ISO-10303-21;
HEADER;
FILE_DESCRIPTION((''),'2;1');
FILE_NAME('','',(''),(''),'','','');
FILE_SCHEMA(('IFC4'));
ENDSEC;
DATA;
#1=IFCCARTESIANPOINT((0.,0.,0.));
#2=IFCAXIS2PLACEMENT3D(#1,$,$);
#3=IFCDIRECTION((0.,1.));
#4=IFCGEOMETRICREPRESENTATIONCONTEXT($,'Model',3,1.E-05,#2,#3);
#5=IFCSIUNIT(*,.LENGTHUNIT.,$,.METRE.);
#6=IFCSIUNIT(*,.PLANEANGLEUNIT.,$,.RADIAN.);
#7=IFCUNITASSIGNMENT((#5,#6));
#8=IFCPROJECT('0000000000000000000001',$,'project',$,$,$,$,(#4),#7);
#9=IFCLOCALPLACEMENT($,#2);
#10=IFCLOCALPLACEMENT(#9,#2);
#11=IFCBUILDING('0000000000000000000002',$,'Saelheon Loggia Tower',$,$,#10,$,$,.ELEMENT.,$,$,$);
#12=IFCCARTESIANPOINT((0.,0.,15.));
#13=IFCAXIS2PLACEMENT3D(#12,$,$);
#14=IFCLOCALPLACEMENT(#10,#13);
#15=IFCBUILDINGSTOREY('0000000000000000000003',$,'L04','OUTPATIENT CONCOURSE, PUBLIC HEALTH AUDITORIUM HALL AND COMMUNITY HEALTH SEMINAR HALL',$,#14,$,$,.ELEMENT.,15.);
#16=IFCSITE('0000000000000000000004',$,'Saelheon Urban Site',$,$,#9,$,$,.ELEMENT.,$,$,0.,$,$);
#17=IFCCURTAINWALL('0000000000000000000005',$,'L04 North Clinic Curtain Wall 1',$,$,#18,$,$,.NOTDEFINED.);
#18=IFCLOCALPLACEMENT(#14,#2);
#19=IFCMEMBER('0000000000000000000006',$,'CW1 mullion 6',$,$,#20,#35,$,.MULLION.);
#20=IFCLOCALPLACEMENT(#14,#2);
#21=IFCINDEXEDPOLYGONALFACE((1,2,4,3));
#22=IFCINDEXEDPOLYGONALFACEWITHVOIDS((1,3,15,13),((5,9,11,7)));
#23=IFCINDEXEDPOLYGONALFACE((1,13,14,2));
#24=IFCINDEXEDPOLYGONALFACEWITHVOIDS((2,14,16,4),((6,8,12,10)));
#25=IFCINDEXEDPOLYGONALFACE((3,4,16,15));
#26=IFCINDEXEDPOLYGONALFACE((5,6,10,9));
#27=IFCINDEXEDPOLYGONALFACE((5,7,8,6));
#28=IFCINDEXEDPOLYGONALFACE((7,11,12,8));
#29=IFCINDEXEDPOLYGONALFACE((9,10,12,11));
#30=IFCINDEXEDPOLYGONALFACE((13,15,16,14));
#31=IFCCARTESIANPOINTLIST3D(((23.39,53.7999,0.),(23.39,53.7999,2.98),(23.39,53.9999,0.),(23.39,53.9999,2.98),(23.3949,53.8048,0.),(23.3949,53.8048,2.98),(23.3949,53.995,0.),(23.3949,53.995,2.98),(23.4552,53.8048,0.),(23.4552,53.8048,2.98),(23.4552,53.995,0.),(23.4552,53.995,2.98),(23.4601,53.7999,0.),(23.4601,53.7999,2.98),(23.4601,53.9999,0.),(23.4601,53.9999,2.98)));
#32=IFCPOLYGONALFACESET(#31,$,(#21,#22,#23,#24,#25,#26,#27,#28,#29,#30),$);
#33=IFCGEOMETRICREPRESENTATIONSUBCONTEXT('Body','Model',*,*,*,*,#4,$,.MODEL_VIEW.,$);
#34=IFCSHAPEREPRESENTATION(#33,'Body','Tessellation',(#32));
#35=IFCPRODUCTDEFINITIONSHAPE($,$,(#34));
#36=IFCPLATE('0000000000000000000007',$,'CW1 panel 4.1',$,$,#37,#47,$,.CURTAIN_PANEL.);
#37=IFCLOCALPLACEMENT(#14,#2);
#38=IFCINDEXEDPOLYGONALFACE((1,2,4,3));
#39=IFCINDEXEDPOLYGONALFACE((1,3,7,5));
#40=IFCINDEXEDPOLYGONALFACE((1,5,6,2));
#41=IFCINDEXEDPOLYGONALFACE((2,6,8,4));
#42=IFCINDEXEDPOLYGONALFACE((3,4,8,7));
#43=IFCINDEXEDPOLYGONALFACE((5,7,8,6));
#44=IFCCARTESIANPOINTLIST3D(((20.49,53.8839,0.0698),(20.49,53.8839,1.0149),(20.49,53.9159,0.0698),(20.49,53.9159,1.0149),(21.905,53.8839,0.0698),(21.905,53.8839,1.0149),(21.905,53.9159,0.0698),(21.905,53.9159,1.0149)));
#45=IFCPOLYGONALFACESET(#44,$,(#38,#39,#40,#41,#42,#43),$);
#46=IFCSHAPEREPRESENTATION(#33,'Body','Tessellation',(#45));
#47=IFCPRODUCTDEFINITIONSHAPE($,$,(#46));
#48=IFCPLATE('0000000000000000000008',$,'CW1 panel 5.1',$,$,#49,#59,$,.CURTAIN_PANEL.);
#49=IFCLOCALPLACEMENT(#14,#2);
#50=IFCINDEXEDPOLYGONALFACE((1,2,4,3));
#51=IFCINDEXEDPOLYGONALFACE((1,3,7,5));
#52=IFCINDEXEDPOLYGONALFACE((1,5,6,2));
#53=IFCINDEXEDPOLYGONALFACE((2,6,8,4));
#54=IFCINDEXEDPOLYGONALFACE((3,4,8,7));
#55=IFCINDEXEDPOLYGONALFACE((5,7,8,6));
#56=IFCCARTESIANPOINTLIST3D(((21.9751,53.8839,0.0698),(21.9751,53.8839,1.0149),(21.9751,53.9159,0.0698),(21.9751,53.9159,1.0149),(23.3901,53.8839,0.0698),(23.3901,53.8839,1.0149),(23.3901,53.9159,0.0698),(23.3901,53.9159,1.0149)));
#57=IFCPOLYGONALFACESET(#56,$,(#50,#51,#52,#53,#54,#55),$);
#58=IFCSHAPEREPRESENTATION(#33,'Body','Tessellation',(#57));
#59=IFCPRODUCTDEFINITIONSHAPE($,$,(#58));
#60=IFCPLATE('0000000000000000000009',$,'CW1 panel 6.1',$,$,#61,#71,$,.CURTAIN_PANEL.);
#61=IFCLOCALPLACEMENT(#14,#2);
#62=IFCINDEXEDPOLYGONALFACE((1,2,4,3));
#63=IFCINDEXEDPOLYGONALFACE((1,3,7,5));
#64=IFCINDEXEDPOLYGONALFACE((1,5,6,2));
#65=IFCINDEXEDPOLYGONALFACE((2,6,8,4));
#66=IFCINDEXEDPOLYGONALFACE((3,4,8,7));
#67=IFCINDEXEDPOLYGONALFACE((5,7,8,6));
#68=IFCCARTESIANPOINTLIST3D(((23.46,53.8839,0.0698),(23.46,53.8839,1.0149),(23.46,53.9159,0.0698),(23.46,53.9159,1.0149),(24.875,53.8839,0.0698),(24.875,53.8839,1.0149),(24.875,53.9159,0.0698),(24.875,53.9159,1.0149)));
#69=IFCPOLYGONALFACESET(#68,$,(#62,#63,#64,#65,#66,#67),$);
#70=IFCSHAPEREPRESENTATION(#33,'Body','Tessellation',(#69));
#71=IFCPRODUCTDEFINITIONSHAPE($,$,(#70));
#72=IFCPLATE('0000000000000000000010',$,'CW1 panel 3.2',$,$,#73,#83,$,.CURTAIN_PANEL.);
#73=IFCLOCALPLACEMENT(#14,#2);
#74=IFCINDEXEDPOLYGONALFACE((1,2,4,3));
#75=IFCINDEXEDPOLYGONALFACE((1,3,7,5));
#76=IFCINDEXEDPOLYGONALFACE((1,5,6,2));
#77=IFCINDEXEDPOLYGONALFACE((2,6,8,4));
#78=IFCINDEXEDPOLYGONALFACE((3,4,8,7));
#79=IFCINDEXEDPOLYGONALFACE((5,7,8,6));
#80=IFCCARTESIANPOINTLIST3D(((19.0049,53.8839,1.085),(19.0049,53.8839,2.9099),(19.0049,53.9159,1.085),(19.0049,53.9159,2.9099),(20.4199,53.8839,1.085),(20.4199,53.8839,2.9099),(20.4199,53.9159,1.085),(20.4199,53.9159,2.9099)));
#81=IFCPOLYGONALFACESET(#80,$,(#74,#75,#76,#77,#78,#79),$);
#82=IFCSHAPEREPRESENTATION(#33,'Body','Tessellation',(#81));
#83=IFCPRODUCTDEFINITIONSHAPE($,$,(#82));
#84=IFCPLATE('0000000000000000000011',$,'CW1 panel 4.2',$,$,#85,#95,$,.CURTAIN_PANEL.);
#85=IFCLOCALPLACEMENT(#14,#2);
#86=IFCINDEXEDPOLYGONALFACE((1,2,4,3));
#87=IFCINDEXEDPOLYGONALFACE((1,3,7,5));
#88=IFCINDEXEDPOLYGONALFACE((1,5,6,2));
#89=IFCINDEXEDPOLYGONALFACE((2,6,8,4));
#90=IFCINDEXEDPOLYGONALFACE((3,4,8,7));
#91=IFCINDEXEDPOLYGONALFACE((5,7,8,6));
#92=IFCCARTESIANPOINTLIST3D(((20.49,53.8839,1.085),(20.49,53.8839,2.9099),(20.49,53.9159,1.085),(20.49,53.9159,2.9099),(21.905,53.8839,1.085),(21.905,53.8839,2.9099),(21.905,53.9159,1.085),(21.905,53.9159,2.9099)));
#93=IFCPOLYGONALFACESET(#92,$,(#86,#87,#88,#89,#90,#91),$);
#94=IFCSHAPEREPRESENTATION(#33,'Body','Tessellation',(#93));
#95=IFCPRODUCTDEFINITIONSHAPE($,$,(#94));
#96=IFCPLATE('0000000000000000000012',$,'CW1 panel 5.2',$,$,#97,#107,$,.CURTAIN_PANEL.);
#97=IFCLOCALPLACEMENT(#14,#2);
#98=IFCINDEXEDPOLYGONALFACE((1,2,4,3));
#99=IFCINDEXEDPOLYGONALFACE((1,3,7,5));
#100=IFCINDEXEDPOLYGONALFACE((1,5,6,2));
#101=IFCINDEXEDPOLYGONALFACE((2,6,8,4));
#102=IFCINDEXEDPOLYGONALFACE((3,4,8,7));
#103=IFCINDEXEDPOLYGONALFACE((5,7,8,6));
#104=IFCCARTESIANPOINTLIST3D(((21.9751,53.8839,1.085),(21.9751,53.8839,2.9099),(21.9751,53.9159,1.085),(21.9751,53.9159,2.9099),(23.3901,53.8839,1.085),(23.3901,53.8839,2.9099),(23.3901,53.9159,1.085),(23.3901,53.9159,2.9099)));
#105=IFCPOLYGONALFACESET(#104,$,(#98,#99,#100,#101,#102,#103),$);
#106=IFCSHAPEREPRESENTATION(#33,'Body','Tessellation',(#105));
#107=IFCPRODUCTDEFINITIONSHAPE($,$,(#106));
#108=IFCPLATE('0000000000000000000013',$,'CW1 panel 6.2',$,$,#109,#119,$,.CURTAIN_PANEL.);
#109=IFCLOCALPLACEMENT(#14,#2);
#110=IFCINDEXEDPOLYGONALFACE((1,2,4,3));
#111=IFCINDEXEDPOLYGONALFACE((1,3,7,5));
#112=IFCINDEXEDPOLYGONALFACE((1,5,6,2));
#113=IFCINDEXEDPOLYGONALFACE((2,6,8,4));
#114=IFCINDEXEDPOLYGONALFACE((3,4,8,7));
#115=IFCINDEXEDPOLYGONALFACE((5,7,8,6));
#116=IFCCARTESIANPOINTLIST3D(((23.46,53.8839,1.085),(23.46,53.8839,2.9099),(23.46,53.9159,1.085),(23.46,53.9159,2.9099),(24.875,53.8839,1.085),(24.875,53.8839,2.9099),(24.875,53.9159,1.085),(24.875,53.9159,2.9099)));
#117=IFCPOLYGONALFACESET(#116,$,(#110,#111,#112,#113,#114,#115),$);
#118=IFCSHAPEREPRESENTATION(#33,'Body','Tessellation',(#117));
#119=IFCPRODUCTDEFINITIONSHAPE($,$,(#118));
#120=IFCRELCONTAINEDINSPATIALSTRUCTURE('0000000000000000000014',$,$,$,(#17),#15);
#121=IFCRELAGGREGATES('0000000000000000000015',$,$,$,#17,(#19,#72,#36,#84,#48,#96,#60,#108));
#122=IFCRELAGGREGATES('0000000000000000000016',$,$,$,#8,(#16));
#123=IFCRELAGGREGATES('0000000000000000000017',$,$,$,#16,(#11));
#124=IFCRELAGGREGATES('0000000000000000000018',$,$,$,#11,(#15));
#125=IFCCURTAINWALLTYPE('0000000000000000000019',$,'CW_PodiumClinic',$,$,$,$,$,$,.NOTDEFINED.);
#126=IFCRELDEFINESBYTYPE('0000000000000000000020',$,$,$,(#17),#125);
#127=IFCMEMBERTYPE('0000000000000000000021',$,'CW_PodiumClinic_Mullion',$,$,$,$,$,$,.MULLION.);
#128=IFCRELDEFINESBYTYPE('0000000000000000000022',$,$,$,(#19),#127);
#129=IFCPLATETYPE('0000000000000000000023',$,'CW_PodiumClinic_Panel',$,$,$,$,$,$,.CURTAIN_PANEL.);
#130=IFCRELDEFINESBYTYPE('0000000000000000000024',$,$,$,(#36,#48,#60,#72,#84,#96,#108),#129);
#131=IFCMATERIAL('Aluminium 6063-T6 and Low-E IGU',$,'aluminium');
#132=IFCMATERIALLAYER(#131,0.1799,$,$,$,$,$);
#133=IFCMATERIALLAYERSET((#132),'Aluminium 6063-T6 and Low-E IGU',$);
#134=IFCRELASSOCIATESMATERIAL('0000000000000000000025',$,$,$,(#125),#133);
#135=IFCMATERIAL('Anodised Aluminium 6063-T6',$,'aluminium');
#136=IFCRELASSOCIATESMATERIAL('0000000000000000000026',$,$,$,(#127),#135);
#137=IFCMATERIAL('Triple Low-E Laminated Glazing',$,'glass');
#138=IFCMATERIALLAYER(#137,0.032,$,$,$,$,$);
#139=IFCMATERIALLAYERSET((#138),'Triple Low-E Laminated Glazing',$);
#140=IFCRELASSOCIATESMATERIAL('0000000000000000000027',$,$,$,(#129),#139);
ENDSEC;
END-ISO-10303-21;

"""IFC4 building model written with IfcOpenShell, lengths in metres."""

from ifc_helpers import new_model, si_unit, direction, frame, origin, origin_2d, place, context, subcontext, project, spatial, rectangle, hollow_rectangle, extrude, source, transform, mapped, material, layer, layer_set, material_profile, profile_set, type_object, element, aggregate, save


model = new_model("IFC4")

# Units and contexts
model_context = context("Model", 3, precision=1e-05, world=origin(), true_north=direction((0.0, 1.0)))
body_context = subcontext(model_context, "Body", "Model", "MODEL_VIEW")
ifc_project = project(units=[si_unit("LENGTHUNIT", "METRE"), si_unit("PLANEANGLEUNIT", "RADIAN")], contexts=[model_context])

# Site, building, storey
site_placement = place(None, origin())
site = spatial("IfcSite", under=ifc_project, at=site_placement, Name="Saelheon Urban Site", CompositionType="ELEMENT", RefElevation=0.0)
building_placement = place(site_placement, origin())
building = spatial("IfcBuilding", under=site, at=building_placement, Name="Saelheon Loggia Tower", CompositionType="ELEMENT")
storey_placement = place(building_placement, frame((0.0, 0.0, 15.0)))
storey = spatial("IfcBuildingStorey", under=building, at=storey_placement, Name="L04", Description="OUTPATIENT CONCOURSE, PUBLIC HEALTH AUDITORIUM HALL AND COMMUNITY HEALTH SEMINAR HALL", CompositionType="ELEMENT", Elevation=15.0)

# Curtain wall, member, plates
ifc_material_1 = material(Name="Aluminium 6063-T6 and Low-E IGU", Category="aluminium")
ifc_layer_1 = layer(ifc_material_1, 0.1799)
ifc_layer_set_1 = layer_set([ifc_layer_1], Name="Aluminium 6063-T6 and Low-E IGU")
curtain_wall_type = type_object("IfcCurtainWallType", Name="CW_PodiumClinic", PredefinedType="NOTDEFINED", material=ifc_layer_set_1)
curtain_wall_placement = place(storey_placement, origin())
curtain_wall = element("IfcCurtainWall", 1, at=curtain_wall_placement, inside=storey, type_object=curtain_wall_type, Name="L04 North Clinic Curtain Wall 1", PredefinedType="NOTDEFINED")
ifc_material_2 = material(Name="Anodised Aluminium 6063-T6", Category="aluminium")
ifc_material_profile_1 = material_profile(ifc_material_2, hollow_rectangle(XDim=0.0701, YDim=0.2, WallThickness=0.0049, at=origin_2d()), Name="RHS-200x70x5")
ifc_profile_set_1 = profile_set([ifc_material_profile_1], Name="Anodised Aluminium 6063-T6")
member_type_1 = type_object("IfcMemberType", Name="CW_PodiumClinic_Mullion", PredefinedType="MULLION", material=ifc_profile_set_1)
shared_shape_1 = source(origin(), body_context, "Body", "SweptSolid", [
    extrude(hollow_rectangle(XDim=0.0701, YDim=0.2, WallThickness=0.0049, at=origin_2d()), origin(), (0.0, 0.0, 1.0), 2.98),
])
member_1_placement = place(storey_placement, frame((23.425, 53.8999, 0.0), z_axis=(0.0, 0.0, 1.0), x_axis=(1.0, 0.0, 0.0)))
member_1 = element("IfcMember", 2, at=member_1_placement, type_object=member_type_1, Name="CW1 mullion 6", PredefinedType="MULLION", context=body_context, shape_type="MappedRepresentation", body=[
    mapped(shared_shape_1, transform((0.0, 0.0, 0.0), scale=1.0)),
])
ifc_material_3 = material(Name="Triple Low-E Laminated Glazing", Category="glass")
ifc_layer_2 = layer(ifc_material_3, 0.032)
ifc_layer_set_2 = layer_set([ifc_layer_2], Name="Triple Low-E Laminated Glazing")
plate_type = type_object("IfcPlateType", Name="CW_PodiumClinic_Panel", PredefinedType="CURTAIN_PANEL", material=ifc_layer_set_2)
shared_shape_2 = source(origin(), body_context, "Body", "SweptSolid", [
    extrude(rectangle(XDim=1.415, YDim=0.032, at=origin_2d()), origin(), (0.0, 0.0, 1.0), 0.9451),
])
plate_1_placement = place(storey_placement, frame((21.1975, 53.8999, 0.0698), z_axis=(0.0, 0.0, 1.0), x_axis=(1.0, 0.0, 0.0)))
plate_1 = element("IfcPlate", 3, at=plate_1_placement, type_object=plate_type, Name="CW1 panel 4.1", PredefinedType="CURTAIN_PANEL", context=body_context, shape_type="MappedRepresentation", body=[
    mapped(shared_shape_2, transform((0.0, 0.0, 0.0), scale=1.0)),
])
plate_2_placement = place(storey_placement, frame((22.6826, 53.8999, 0.0698), z_axis=(0.0, 0.0, 1.0), x_axis=(1.0, 0.0, 0.0)))
plate_2 = element("IfcPlate", 4, at=plate_2_placement, type_object=plate_type, Name="CW1 panel 5.1", PredefinedType="CURTAIN_PANEL", context=body_context, shape_type="MappedRepresentation", body=[
    mapped(shared_shape_2, transform((0.0, 0.0, 0.0), scale=1.0)),
])
plate_3_placement = place(storey_placement, frame((24.1675, 53.8999, 0.0698), z_axis=(0.0, 0.0, 1.0), x_axis=(1.0, 0.0, 0.0)))
plate_3 = element("IfcPlate", 5, at=plate_3_placement, type_object=plate_type, Name="CW1 panel 6.1", PredefinedType="CURTAIN_PANEL", context=body_context, shape_type="MappedRepresentation", body=[
    mapped(shared_shape_2, transform((0.0, 0.0, 0.0), scale=1.0)),
])
shared_shape_3 = source(origin(), body_context, "Body", "SweptSolid", [
    extrude(rectangle(XDim=1.415, YDim=0.032, at=origin_2d()), origin(), (0.0, 0.0, 1.0), 1.825),
])
plate_4_placement = place(storey_placement, frame((19.7124, 53.8999, 1.085), z_axis=(0.0, 0.0, 1.0), x_axis=(1.0, 0.0, 0.0)))
plate_4 = element("IfcPlate", 6, at=plate_4_placement, type_object=plate_type, Name="CW1 panel 3.2", PredefinedType="CURTAIN_PANEL", context=body_context, shape_type="MappedRepresentation", body=[
    mapped(shared_shape_3, transform((0.0, 0.0, 0.0), scale=1.0)),
])
plate_5_placement = place(storey_placement, frame((21.1975, 53.8999, 1.085), z_axis=(0.0, 0.0, 1.0), x_axis=(1.0, 0.0, 0.0)))
plate_5 = element("IfcPlate", 7, at=plate_5_placement, type_object=plate_type, Name="CW1 panel 4.2", PredefinedType="CURTAIN_PANEL", context=body_context, shape_type="MappedRepresentation", body=[
    mapped(shared_shape_3, transform((0.0, 0.0, 0.0), scale=1.0)),
])
plate_6_placement = place(storey_placement, frame((22.6826, 53.8999, 1.085), z_axis=(0.0, 0.0, 1.0), x_axis=(1.0, 0.0, 0.0)))
plate_6 = element("IfcPlate", 8, at=plate_6_placement, type_object=plate_type, Name="CW1 panel 5.2", PredefinedType="CURTAIN_PANEL", context=body_context, shape_type="MappedRepresentation", body=[
    mapped(shared_shape_3, transform((0.0, 0.0, 0.0), scale=1.0)),
])
plate_7_placement = place(storey_placement, frame((24.1675, 53.8999, 1.085), z_axis=(0.0, 0.0, 1.0), x_axis=(1.0, 0.0, 0.0)))
plate_7 = element("IfcPlate", 9, at=plate_7_placement, type_object=plate_type, Name="CW1 panel 6.2", PredefinedType="CURTAIN_PANEL", context=body_context, shape_type="MappedRepresentation", body=[
    mapped(shared_shape_3, transform((0.0, 0.0, 0.0), scale=1.0)),
])
aggregate(curtain_wall, [member_1, plate_4, plate_1, plate_5, plate_2, plate_6, plate_3, plate_7])

save(model, "model.ifc")
